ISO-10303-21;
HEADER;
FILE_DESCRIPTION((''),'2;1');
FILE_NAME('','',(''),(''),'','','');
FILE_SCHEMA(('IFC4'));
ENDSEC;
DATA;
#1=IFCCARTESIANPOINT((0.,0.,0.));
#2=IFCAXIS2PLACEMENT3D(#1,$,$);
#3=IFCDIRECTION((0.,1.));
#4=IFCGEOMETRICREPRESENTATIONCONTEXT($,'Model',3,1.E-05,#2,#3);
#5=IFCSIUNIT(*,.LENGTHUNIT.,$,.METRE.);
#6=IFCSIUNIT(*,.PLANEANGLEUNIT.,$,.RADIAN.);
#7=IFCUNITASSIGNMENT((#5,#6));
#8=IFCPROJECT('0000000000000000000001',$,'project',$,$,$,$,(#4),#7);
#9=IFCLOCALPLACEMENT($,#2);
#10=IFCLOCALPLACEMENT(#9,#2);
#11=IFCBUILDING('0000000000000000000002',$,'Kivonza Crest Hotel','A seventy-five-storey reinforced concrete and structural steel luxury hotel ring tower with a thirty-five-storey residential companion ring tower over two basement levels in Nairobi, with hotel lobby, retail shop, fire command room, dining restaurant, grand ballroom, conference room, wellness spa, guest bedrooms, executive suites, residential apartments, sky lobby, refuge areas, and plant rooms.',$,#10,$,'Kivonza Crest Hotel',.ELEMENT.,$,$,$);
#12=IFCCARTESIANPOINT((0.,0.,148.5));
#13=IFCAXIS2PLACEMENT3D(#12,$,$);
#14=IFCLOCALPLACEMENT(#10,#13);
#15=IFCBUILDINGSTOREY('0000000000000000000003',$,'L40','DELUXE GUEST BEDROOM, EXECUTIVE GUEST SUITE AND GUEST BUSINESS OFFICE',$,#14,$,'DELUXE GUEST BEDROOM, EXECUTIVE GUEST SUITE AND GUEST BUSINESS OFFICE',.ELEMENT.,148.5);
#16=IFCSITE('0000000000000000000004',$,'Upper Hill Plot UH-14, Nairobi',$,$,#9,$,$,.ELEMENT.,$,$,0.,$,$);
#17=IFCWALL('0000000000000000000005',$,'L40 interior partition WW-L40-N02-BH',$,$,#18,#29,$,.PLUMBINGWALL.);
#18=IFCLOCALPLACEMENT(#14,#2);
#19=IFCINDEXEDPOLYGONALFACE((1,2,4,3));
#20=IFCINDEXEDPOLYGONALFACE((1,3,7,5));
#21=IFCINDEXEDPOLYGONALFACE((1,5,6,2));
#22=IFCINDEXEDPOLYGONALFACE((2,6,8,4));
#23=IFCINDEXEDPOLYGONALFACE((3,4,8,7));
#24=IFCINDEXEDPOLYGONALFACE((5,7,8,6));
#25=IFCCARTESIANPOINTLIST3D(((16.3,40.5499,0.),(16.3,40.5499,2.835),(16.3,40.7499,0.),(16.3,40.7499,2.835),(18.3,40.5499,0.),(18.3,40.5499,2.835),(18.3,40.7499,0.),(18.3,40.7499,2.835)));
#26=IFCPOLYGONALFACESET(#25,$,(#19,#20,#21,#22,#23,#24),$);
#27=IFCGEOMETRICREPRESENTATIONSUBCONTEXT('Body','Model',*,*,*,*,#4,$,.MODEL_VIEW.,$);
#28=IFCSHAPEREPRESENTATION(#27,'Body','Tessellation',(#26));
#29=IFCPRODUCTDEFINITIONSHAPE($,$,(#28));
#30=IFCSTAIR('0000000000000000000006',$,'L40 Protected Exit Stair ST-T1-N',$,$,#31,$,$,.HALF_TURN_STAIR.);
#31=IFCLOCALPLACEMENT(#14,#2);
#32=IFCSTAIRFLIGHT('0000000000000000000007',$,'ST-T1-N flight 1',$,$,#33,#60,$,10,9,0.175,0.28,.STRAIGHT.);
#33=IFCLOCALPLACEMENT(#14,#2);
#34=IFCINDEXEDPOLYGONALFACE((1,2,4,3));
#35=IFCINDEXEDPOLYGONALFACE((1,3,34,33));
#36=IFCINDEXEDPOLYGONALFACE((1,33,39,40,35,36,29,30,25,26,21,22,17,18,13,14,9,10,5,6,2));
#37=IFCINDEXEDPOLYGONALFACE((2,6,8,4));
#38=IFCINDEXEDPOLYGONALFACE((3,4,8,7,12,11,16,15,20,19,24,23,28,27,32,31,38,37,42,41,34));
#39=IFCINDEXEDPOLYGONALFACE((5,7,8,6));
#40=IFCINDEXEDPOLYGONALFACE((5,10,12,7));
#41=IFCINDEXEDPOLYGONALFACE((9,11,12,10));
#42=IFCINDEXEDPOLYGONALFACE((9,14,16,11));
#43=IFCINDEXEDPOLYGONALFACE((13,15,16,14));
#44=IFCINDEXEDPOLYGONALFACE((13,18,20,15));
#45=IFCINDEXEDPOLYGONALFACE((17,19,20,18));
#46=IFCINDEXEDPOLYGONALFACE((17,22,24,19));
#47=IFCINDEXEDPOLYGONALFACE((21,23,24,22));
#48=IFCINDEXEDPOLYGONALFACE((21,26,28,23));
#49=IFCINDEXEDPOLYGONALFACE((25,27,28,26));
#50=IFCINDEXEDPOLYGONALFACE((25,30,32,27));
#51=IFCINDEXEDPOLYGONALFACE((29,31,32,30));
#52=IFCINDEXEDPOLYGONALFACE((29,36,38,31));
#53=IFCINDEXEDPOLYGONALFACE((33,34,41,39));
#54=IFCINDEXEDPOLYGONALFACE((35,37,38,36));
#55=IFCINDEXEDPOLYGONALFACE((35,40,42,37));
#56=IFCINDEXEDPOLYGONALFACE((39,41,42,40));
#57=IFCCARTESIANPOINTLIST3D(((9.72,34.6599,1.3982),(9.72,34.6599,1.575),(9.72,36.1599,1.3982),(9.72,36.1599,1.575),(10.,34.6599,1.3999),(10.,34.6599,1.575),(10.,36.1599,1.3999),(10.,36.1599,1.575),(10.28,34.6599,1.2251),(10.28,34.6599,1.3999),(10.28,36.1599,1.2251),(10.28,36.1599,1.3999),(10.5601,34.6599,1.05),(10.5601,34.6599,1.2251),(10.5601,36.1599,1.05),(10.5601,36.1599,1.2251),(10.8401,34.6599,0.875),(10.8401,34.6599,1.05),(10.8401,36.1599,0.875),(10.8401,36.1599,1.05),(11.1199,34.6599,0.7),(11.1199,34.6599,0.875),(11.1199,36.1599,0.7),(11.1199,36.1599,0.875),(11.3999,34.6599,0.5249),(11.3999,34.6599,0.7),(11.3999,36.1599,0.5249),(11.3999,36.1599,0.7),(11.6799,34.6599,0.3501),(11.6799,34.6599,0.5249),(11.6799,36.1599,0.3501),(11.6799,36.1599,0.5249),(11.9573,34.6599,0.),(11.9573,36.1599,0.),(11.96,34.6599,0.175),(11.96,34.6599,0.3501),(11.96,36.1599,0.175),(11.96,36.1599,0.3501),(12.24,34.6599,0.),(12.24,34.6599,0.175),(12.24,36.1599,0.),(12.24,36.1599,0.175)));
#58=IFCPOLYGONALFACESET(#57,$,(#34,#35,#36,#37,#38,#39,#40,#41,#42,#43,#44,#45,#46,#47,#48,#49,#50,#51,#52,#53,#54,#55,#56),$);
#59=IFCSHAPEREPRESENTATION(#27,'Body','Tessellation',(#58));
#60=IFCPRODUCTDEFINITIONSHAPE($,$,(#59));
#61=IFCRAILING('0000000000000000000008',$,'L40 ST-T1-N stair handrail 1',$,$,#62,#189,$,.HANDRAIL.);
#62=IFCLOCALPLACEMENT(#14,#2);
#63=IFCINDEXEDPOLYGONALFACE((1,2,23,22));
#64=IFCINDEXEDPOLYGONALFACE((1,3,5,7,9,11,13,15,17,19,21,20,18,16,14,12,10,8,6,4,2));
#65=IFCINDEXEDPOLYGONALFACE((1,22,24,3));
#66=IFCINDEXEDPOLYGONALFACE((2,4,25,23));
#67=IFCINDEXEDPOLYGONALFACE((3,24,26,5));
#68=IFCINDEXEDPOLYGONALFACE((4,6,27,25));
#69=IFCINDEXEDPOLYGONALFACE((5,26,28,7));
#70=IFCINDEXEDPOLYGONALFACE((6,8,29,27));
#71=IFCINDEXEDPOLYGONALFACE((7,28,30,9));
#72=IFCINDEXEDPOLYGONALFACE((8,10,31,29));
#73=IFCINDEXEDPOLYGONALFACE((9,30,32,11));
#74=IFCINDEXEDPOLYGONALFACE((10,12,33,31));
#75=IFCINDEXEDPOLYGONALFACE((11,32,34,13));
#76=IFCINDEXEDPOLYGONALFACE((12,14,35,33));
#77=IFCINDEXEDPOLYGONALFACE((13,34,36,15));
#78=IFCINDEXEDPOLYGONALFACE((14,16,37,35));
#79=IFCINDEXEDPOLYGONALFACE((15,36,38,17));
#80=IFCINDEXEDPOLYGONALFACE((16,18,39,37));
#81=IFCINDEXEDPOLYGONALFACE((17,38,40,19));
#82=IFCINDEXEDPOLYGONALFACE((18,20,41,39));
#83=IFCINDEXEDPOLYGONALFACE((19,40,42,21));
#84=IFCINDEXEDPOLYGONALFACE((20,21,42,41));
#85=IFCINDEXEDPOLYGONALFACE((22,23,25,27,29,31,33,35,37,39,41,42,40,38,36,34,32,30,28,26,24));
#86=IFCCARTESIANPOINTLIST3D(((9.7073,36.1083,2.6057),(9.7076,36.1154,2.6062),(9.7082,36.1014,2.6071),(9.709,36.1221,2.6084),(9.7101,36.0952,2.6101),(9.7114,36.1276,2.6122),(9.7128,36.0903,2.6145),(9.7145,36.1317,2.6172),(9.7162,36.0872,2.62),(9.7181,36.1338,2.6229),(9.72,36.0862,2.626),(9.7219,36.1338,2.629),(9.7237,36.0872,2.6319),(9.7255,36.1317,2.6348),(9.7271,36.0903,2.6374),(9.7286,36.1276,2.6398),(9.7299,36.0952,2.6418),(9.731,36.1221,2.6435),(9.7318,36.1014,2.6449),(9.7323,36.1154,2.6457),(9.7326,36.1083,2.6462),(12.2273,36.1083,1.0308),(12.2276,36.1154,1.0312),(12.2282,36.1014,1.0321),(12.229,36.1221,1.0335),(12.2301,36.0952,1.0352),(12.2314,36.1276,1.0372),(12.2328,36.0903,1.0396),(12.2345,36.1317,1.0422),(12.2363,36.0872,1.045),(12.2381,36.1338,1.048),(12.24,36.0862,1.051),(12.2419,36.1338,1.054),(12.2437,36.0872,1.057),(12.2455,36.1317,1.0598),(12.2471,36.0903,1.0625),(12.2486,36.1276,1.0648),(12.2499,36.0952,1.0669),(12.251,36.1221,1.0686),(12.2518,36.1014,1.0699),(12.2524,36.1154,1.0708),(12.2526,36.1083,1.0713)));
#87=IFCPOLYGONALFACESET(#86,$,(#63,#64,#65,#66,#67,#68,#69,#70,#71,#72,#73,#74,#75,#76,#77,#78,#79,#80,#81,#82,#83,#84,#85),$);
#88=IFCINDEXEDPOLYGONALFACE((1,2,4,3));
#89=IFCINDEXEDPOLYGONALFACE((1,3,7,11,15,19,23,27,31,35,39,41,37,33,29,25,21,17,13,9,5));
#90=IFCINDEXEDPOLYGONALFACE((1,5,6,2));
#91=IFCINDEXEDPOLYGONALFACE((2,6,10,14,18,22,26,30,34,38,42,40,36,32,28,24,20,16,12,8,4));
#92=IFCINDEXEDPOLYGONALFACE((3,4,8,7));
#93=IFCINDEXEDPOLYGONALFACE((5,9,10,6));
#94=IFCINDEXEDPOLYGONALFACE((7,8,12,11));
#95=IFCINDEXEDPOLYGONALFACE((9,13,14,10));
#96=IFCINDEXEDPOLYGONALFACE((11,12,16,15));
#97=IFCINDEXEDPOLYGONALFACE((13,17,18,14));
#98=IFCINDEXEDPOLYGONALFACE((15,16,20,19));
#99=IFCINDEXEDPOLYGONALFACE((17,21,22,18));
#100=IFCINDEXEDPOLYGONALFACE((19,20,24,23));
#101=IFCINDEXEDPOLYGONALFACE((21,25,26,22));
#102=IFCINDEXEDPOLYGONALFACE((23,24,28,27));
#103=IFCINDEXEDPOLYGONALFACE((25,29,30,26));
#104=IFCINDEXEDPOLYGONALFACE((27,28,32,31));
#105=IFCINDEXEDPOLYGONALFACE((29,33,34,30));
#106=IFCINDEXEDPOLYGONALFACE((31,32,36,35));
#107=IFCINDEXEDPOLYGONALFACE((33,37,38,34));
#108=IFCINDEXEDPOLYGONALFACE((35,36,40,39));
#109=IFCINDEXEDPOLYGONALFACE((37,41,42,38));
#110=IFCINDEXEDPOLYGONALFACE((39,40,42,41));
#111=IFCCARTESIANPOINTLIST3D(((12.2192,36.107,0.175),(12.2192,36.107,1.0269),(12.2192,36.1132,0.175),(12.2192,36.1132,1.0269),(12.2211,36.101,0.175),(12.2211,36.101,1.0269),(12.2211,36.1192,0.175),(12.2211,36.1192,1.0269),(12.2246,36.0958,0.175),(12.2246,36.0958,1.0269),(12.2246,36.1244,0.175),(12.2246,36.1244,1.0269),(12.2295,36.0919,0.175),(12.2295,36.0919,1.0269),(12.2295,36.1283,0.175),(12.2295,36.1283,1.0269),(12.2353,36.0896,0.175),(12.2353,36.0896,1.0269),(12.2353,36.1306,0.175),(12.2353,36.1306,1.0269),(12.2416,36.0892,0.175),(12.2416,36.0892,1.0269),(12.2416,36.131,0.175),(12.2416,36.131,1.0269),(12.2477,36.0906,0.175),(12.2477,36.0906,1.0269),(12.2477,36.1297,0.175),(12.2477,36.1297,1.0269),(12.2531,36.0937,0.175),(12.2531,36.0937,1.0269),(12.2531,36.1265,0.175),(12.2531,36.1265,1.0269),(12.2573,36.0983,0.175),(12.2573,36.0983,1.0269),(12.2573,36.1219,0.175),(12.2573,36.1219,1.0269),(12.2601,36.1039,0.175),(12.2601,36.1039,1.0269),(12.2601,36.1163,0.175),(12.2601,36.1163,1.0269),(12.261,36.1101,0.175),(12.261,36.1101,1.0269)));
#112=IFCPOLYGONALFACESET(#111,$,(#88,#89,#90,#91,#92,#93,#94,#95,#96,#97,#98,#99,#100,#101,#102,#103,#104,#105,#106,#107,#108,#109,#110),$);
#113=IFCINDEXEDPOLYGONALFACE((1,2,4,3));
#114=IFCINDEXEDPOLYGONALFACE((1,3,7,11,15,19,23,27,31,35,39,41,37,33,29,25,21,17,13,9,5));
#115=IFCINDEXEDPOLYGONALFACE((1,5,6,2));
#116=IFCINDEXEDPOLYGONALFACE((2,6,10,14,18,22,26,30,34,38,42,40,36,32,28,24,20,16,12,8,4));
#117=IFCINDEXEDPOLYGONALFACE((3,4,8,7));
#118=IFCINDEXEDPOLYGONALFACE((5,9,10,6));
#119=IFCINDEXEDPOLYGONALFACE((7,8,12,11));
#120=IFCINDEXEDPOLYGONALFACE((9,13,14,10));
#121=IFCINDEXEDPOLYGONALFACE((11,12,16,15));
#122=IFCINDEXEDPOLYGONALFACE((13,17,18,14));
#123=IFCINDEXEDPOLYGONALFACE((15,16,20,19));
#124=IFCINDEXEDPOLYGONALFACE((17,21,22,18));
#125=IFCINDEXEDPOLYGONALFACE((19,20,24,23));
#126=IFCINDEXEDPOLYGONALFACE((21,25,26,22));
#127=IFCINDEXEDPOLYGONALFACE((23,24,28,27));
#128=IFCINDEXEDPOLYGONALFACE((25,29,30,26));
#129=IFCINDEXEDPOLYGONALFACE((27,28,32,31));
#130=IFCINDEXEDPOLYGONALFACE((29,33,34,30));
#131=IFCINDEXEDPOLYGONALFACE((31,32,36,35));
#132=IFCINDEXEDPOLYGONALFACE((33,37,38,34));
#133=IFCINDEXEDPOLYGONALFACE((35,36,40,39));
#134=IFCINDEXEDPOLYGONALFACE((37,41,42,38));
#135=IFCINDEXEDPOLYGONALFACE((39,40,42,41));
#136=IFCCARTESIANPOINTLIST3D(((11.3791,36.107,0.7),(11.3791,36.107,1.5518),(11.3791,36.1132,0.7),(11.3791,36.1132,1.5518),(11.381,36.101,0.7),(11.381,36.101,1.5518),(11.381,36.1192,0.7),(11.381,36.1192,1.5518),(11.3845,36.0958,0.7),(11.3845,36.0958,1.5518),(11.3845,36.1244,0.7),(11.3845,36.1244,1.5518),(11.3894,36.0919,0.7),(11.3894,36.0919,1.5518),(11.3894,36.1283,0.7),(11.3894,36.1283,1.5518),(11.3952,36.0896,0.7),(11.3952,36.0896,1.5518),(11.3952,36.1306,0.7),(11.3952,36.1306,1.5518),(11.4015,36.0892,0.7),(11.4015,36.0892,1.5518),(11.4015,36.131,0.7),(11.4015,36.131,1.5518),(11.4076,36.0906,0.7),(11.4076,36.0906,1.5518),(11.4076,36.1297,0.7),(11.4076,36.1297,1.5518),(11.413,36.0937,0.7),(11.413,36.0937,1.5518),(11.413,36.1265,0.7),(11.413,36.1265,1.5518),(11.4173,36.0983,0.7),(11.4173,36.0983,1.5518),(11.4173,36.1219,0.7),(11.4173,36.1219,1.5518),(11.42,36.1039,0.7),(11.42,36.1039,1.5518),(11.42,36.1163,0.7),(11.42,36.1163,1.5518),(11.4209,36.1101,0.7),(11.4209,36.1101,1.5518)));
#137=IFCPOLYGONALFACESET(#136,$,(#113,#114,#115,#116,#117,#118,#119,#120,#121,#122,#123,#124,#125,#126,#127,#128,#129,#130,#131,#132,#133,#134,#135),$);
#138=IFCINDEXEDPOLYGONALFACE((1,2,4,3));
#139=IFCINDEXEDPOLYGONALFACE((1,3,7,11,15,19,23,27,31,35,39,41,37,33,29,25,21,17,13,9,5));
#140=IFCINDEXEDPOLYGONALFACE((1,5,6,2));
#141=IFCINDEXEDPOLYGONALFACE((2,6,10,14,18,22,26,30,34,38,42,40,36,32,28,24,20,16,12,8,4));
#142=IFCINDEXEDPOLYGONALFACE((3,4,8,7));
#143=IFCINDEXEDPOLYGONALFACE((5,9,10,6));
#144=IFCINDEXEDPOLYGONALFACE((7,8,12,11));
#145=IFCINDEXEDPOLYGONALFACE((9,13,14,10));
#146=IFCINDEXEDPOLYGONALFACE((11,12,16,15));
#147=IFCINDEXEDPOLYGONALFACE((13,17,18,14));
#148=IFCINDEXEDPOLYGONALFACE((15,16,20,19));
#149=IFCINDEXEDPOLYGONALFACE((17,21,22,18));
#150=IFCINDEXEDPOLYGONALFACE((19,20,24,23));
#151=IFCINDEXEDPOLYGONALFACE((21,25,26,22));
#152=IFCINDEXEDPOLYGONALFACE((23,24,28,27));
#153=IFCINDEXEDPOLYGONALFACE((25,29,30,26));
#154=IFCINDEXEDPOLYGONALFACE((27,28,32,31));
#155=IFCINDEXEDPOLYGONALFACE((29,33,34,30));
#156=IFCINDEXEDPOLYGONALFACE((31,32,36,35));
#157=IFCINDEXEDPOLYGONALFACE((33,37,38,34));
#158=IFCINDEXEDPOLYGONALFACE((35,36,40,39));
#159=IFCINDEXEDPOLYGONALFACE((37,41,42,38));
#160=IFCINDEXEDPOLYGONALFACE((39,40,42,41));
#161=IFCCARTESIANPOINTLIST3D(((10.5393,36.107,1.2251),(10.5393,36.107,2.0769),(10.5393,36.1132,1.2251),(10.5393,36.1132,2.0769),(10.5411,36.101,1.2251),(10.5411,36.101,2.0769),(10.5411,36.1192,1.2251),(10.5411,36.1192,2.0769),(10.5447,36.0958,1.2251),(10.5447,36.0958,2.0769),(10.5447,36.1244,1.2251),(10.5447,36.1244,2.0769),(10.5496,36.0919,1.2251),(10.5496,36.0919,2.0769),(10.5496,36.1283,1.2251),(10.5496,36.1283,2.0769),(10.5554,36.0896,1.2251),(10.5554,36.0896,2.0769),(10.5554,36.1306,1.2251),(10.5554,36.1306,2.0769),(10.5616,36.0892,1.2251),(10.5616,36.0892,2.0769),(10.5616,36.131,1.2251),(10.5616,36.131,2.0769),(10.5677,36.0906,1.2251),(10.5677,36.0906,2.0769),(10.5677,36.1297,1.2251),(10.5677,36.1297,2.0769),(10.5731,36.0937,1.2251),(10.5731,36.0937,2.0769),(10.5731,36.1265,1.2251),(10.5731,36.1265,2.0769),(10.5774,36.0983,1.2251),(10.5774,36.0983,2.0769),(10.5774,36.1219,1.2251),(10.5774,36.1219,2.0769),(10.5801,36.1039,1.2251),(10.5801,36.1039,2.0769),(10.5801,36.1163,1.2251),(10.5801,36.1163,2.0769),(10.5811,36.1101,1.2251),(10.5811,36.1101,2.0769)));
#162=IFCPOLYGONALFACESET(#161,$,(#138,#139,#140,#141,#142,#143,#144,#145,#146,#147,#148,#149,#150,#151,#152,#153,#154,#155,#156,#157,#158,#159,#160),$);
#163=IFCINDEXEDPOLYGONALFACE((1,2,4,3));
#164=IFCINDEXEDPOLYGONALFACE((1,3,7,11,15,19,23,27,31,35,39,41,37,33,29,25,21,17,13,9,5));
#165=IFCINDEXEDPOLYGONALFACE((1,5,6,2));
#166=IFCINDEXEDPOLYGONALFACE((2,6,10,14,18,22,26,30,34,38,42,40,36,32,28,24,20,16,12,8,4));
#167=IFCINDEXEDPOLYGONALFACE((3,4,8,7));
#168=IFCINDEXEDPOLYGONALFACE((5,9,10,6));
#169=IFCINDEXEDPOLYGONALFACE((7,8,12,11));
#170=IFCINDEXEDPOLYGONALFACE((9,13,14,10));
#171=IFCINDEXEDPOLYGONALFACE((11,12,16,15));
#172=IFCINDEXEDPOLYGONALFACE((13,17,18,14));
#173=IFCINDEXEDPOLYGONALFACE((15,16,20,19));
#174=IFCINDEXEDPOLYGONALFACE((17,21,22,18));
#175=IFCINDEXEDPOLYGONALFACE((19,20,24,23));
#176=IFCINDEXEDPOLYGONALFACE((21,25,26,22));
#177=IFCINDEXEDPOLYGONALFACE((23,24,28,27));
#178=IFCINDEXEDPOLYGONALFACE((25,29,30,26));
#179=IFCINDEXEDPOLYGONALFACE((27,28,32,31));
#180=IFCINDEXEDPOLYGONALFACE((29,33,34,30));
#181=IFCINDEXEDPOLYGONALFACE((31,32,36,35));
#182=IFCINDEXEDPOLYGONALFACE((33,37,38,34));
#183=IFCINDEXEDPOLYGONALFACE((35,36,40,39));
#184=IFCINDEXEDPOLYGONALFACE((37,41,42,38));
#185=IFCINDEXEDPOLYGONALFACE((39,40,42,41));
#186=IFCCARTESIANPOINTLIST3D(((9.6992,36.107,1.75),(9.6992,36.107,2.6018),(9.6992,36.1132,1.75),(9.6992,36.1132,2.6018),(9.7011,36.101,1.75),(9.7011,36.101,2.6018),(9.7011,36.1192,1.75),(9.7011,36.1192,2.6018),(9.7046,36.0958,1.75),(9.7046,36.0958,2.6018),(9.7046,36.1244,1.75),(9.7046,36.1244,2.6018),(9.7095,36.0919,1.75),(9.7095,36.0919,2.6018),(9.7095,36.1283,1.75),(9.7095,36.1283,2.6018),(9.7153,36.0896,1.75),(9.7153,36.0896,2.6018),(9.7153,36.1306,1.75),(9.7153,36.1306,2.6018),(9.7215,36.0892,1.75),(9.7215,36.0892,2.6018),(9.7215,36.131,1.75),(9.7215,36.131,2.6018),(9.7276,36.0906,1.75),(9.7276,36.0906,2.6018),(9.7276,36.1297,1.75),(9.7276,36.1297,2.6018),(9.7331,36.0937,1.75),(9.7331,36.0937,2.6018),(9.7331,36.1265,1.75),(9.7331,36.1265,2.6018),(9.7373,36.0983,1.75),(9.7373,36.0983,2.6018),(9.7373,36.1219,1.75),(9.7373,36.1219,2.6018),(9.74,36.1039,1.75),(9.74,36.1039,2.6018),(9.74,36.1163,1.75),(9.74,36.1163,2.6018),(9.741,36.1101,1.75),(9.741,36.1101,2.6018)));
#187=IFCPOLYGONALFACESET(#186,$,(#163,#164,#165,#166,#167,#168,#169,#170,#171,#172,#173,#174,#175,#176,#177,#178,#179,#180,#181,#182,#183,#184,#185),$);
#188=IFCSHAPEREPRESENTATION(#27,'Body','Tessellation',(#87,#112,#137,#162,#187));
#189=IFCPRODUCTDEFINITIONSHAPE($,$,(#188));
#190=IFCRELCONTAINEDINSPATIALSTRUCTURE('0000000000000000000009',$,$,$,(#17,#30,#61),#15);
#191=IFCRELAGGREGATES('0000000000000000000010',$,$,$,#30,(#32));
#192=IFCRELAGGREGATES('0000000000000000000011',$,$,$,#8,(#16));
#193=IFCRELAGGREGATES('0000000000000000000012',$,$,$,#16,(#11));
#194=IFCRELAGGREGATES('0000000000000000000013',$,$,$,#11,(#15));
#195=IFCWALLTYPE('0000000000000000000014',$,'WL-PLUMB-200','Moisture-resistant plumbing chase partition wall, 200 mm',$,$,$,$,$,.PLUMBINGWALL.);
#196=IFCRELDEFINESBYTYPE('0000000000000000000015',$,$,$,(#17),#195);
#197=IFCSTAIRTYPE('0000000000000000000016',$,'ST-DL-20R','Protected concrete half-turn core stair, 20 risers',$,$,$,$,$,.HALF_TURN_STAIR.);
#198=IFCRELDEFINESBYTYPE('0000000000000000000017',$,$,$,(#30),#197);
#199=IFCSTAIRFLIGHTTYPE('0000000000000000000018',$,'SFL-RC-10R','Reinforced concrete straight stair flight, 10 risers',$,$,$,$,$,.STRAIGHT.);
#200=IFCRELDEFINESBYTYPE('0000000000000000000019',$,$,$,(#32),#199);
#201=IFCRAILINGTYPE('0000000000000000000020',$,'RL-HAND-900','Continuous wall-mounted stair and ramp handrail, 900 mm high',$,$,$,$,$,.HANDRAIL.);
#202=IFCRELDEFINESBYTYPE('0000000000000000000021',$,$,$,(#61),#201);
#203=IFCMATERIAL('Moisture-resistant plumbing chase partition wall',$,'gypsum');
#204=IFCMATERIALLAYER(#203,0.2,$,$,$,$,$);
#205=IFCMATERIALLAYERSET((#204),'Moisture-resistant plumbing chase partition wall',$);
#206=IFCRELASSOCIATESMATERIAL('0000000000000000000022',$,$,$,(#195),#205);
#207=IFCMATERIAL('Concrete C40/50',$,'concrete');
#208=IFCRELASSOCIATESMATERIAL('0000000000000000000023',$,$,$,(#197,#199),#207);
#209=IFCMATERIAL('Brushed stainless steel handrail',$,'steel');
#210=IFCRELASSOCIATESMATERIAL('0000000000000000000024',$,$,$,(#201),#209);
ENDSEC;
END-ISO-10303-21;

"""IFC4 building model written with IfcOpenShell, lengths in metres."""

from ifc_helpers import new_model, si_unit, direction, frame, frame_2d, origin, origin_2d, place, context, subcontext, project, spatial, polyline, rectangle, circle, outline, extrude, material, layer, layer_set, type_object, element, aggregate, save


model = new_model("IFC4")

# Units and contexts
model_context = context("Model", 3, precision=1e-05, world=origin(), true_north=direction((0.0, 1.0)))
body_context = subcontext(model_context, "Body", "Model", "MODEL_VIEW")
ifc_project = project(units=[si_unit("LENGTHUNIT", "METRE"), si_unit("PLANEANGLEUNIT", "RADIAN")], contexts=[model_context])

# Site, building, storey
site_placement = place(None, origin())
site = spatial("IfcSite", under=ifc_project, at=site_placement, Name="Upper Hill Plot UH-14, Nairobi", CompositionType="ELEMENT", RefElevation=0.0)
building_placement = place(site_placement, origin())
building = spatial("IfcBuilding", under=site, at=building_placement, Name="Kivonza Crest Hotel", Description="A seventy-five-storey reinforced concrete and structural steel luxury hotel ring tower with a thirty-five-storey residential companion ring tower over two basement levels in Nairobi, with hotel lobby, retail shop, fire command room, dining restaurant, grand ballroom, conference room, wellness spa, guest bedrooms, executive suites, residential apartments, sky lobby, refuge areas, and plant rooms.", LongName="Kivonza Crest Hotel", CompositionType="ELEMENT")
storey_placement = place(building_placement, frame((0.0, 0.0, 148.5)))
storey = spatial("IfcBuildingStorey", under=building, at=storey_placement, Name="L40", Description="DELUXE GUEST BEDROOM, EXECUTIVE GUEST SUITE AND GUEST BUSINESS OFFICE", LongName="DELUXE GUEST BEDROOM, EXECUTIVE GUEST SUITE AND GUEST BUSINESS OFFICE", CompositionType="ELEMENT", Elevation=148.5)

# Shared definitions
ifc_material_1 = material(Name="Moisture-resistant plumbing chase partition wall", Category="gypsum")
ifc_layer_1 = layer(ifc_material_1, 0.2)
ifc_layer_set_1 = layer_set([ifc_layer_1], Name="Moisture-resistant plumbing chase partition wall")
wall_type_1 = type_object("IfcWallType", Name="WL-PLUMB-200", Description="Moisture-resistant plumbing chase partition wall, 200 mm", PredefinedType="PLUMBINGWALL", material=ifc_layer_set_1)

# Wall
wall_1_placement = place(storey_placement, frame((16.3, 40.6499, 0.0), z_axis=(0.0, 0.0, 1.0), x_axis=(1.0, 0.0, 0.0)))
element("IfcWall", 1, at=wall_1_placement, inside=storey, type_object=wall_type_1, Name="L40 interior partition WW-L40-N02-BH", PredefinedType="PLUMBINGWALL", context=body_context, shape_type="SweptSolid", body=[
    extrude(rectangle(XDim=2.0, YDim=0.2, at=frame_2d((1.0, 0.0))), origin(), (0.0, 0.0, 1.0), 2.835),
])

# Stair, stair flight
ifc_material_2 = material(Name="Concrete C40/50", Category="concrete")
stair_type = type_object("IfcStairType", Name="ST-DL-20R", Description="Protected concrete half-turn core stair, 20 risers", PredefinedType="HALF_TURN_STAIR", material=ifc_material_2)
stair_placement = place(storey_placement, origin())
stair = element("IfcStair", 2, at=stair_placement, inside=storey, type_object=stair_type, Name="L40 Protected Exit Stair ST-T1-N", PredefinedType="HALF_TURN_STAIR")
stair_flight_type = type_object("IfcStairFlightType", Name="SFL-RC-10R", Description="Reinforced concrete straight stair flight, 10 risers", PredefinedType="STRAIGHT", material=ifc_material_2)
stair_flight_placement = place(storey_placement, frame((12.24, 35.4099, 0.0), z_axis=(0.0, 0.0, 1.0), x_axis=(-1.0, 0.0, 0.0)))
stair_flight = element("IfcStairFlight", 3, at=stair_flight_placement, type_object=stair_flight_type, Name="ST-T1-N flight 1", NumberOfRisers=10, NumberOfTreads=9, PredefinedType="STRAIGHT", RiserHeight=0.175, TreadLength=0.28, context=body_context, shape_type="SweptSolid", body=[
    extrude(outline(polyline([(0.0, 0.0), (0.0, 0.175), (0.28, 0.175), (0.28, 0.3501), (0.5601, 0.3501), (0.5601, 0.5249), (0.8401, 0.5249), (0.8401, 0.7), (1.1201, 0.7), (1.1201, 0.875), (1.3999, 0.875), (1.3999, 1.05), (1.6799, 1.05), (1.6799, 1.2251), (1.96, 1.2251), (1.96, 1.3999), (2.24, 1.3999), (2.24, 1.575), (2.52, 1.575), (2.52, 1.75), (2.52, 1.3982), (0.2827, 0.0), (0.0, 0.0)])), frame((0.0, 0.75, 0.0), z_axis=(0.0, -1.0, 0.0), x_axis=(1.0, 0.0, 0.0)), (0.0, 0.0, 1.0), 1.5),
])
aggregate(stair, [stair_flight])

# Railing
ifc_material_3 = material(Name="Brushed stainless steel handrail", Category="steel")
railing_type_1 = type_object("IfcRailingType", Name="RL-HAND-900", Description="Continuous wall-mounted stair and ramp handrail, 900 mm high", PredefinedType="HANDRAIL", material=ifc_material_3)
railing_1_placement = place(storey_placement, frame((12.24, 36.1101, 0.175)))
element("IfcRailing", 4, at=railing_1_placement, inside=storey, type_object=railing_type_1, Name="L40 ST-T1-N stair handrail 1", PredefinedType="HANDRAIL", context=body_context, shape_type="SweptSolid", body=[
    extrude(circle(Radius=0.0239, at=origin_2d()), frame((0.0, 0.0, 0.876), z_axis=(-0.848008, 0.0, 0.529984), x_axis=(0.0, -1.0, 0.0)), (0.0, 0.0, 1.0), 2.9717),
    extrude(circle(Radius=0.021, at=origin_2d()), origin(), (0.0, 0.0, 1.0), 0.8518),
    extrude(circle(Radius=0.021, at=origin_2d()), frame((-0.8401, 0.0, 0.5249)), (0.0, 0.0, 1.0), 0.8518),
    extrude(circle(Radius=0.021, at=origin_2d()), frame((-1.6799, 0.0, 1.05)), (0.0, 0.0, 1.0), 0.8518),
    extrude(circle(Radius=0.021, at=origin_2d()), frame((-2.52, 0.0, 1.575)), (0.0, 0.0, 1.0), 0.8518),
])

save(model, "model.ifc")
